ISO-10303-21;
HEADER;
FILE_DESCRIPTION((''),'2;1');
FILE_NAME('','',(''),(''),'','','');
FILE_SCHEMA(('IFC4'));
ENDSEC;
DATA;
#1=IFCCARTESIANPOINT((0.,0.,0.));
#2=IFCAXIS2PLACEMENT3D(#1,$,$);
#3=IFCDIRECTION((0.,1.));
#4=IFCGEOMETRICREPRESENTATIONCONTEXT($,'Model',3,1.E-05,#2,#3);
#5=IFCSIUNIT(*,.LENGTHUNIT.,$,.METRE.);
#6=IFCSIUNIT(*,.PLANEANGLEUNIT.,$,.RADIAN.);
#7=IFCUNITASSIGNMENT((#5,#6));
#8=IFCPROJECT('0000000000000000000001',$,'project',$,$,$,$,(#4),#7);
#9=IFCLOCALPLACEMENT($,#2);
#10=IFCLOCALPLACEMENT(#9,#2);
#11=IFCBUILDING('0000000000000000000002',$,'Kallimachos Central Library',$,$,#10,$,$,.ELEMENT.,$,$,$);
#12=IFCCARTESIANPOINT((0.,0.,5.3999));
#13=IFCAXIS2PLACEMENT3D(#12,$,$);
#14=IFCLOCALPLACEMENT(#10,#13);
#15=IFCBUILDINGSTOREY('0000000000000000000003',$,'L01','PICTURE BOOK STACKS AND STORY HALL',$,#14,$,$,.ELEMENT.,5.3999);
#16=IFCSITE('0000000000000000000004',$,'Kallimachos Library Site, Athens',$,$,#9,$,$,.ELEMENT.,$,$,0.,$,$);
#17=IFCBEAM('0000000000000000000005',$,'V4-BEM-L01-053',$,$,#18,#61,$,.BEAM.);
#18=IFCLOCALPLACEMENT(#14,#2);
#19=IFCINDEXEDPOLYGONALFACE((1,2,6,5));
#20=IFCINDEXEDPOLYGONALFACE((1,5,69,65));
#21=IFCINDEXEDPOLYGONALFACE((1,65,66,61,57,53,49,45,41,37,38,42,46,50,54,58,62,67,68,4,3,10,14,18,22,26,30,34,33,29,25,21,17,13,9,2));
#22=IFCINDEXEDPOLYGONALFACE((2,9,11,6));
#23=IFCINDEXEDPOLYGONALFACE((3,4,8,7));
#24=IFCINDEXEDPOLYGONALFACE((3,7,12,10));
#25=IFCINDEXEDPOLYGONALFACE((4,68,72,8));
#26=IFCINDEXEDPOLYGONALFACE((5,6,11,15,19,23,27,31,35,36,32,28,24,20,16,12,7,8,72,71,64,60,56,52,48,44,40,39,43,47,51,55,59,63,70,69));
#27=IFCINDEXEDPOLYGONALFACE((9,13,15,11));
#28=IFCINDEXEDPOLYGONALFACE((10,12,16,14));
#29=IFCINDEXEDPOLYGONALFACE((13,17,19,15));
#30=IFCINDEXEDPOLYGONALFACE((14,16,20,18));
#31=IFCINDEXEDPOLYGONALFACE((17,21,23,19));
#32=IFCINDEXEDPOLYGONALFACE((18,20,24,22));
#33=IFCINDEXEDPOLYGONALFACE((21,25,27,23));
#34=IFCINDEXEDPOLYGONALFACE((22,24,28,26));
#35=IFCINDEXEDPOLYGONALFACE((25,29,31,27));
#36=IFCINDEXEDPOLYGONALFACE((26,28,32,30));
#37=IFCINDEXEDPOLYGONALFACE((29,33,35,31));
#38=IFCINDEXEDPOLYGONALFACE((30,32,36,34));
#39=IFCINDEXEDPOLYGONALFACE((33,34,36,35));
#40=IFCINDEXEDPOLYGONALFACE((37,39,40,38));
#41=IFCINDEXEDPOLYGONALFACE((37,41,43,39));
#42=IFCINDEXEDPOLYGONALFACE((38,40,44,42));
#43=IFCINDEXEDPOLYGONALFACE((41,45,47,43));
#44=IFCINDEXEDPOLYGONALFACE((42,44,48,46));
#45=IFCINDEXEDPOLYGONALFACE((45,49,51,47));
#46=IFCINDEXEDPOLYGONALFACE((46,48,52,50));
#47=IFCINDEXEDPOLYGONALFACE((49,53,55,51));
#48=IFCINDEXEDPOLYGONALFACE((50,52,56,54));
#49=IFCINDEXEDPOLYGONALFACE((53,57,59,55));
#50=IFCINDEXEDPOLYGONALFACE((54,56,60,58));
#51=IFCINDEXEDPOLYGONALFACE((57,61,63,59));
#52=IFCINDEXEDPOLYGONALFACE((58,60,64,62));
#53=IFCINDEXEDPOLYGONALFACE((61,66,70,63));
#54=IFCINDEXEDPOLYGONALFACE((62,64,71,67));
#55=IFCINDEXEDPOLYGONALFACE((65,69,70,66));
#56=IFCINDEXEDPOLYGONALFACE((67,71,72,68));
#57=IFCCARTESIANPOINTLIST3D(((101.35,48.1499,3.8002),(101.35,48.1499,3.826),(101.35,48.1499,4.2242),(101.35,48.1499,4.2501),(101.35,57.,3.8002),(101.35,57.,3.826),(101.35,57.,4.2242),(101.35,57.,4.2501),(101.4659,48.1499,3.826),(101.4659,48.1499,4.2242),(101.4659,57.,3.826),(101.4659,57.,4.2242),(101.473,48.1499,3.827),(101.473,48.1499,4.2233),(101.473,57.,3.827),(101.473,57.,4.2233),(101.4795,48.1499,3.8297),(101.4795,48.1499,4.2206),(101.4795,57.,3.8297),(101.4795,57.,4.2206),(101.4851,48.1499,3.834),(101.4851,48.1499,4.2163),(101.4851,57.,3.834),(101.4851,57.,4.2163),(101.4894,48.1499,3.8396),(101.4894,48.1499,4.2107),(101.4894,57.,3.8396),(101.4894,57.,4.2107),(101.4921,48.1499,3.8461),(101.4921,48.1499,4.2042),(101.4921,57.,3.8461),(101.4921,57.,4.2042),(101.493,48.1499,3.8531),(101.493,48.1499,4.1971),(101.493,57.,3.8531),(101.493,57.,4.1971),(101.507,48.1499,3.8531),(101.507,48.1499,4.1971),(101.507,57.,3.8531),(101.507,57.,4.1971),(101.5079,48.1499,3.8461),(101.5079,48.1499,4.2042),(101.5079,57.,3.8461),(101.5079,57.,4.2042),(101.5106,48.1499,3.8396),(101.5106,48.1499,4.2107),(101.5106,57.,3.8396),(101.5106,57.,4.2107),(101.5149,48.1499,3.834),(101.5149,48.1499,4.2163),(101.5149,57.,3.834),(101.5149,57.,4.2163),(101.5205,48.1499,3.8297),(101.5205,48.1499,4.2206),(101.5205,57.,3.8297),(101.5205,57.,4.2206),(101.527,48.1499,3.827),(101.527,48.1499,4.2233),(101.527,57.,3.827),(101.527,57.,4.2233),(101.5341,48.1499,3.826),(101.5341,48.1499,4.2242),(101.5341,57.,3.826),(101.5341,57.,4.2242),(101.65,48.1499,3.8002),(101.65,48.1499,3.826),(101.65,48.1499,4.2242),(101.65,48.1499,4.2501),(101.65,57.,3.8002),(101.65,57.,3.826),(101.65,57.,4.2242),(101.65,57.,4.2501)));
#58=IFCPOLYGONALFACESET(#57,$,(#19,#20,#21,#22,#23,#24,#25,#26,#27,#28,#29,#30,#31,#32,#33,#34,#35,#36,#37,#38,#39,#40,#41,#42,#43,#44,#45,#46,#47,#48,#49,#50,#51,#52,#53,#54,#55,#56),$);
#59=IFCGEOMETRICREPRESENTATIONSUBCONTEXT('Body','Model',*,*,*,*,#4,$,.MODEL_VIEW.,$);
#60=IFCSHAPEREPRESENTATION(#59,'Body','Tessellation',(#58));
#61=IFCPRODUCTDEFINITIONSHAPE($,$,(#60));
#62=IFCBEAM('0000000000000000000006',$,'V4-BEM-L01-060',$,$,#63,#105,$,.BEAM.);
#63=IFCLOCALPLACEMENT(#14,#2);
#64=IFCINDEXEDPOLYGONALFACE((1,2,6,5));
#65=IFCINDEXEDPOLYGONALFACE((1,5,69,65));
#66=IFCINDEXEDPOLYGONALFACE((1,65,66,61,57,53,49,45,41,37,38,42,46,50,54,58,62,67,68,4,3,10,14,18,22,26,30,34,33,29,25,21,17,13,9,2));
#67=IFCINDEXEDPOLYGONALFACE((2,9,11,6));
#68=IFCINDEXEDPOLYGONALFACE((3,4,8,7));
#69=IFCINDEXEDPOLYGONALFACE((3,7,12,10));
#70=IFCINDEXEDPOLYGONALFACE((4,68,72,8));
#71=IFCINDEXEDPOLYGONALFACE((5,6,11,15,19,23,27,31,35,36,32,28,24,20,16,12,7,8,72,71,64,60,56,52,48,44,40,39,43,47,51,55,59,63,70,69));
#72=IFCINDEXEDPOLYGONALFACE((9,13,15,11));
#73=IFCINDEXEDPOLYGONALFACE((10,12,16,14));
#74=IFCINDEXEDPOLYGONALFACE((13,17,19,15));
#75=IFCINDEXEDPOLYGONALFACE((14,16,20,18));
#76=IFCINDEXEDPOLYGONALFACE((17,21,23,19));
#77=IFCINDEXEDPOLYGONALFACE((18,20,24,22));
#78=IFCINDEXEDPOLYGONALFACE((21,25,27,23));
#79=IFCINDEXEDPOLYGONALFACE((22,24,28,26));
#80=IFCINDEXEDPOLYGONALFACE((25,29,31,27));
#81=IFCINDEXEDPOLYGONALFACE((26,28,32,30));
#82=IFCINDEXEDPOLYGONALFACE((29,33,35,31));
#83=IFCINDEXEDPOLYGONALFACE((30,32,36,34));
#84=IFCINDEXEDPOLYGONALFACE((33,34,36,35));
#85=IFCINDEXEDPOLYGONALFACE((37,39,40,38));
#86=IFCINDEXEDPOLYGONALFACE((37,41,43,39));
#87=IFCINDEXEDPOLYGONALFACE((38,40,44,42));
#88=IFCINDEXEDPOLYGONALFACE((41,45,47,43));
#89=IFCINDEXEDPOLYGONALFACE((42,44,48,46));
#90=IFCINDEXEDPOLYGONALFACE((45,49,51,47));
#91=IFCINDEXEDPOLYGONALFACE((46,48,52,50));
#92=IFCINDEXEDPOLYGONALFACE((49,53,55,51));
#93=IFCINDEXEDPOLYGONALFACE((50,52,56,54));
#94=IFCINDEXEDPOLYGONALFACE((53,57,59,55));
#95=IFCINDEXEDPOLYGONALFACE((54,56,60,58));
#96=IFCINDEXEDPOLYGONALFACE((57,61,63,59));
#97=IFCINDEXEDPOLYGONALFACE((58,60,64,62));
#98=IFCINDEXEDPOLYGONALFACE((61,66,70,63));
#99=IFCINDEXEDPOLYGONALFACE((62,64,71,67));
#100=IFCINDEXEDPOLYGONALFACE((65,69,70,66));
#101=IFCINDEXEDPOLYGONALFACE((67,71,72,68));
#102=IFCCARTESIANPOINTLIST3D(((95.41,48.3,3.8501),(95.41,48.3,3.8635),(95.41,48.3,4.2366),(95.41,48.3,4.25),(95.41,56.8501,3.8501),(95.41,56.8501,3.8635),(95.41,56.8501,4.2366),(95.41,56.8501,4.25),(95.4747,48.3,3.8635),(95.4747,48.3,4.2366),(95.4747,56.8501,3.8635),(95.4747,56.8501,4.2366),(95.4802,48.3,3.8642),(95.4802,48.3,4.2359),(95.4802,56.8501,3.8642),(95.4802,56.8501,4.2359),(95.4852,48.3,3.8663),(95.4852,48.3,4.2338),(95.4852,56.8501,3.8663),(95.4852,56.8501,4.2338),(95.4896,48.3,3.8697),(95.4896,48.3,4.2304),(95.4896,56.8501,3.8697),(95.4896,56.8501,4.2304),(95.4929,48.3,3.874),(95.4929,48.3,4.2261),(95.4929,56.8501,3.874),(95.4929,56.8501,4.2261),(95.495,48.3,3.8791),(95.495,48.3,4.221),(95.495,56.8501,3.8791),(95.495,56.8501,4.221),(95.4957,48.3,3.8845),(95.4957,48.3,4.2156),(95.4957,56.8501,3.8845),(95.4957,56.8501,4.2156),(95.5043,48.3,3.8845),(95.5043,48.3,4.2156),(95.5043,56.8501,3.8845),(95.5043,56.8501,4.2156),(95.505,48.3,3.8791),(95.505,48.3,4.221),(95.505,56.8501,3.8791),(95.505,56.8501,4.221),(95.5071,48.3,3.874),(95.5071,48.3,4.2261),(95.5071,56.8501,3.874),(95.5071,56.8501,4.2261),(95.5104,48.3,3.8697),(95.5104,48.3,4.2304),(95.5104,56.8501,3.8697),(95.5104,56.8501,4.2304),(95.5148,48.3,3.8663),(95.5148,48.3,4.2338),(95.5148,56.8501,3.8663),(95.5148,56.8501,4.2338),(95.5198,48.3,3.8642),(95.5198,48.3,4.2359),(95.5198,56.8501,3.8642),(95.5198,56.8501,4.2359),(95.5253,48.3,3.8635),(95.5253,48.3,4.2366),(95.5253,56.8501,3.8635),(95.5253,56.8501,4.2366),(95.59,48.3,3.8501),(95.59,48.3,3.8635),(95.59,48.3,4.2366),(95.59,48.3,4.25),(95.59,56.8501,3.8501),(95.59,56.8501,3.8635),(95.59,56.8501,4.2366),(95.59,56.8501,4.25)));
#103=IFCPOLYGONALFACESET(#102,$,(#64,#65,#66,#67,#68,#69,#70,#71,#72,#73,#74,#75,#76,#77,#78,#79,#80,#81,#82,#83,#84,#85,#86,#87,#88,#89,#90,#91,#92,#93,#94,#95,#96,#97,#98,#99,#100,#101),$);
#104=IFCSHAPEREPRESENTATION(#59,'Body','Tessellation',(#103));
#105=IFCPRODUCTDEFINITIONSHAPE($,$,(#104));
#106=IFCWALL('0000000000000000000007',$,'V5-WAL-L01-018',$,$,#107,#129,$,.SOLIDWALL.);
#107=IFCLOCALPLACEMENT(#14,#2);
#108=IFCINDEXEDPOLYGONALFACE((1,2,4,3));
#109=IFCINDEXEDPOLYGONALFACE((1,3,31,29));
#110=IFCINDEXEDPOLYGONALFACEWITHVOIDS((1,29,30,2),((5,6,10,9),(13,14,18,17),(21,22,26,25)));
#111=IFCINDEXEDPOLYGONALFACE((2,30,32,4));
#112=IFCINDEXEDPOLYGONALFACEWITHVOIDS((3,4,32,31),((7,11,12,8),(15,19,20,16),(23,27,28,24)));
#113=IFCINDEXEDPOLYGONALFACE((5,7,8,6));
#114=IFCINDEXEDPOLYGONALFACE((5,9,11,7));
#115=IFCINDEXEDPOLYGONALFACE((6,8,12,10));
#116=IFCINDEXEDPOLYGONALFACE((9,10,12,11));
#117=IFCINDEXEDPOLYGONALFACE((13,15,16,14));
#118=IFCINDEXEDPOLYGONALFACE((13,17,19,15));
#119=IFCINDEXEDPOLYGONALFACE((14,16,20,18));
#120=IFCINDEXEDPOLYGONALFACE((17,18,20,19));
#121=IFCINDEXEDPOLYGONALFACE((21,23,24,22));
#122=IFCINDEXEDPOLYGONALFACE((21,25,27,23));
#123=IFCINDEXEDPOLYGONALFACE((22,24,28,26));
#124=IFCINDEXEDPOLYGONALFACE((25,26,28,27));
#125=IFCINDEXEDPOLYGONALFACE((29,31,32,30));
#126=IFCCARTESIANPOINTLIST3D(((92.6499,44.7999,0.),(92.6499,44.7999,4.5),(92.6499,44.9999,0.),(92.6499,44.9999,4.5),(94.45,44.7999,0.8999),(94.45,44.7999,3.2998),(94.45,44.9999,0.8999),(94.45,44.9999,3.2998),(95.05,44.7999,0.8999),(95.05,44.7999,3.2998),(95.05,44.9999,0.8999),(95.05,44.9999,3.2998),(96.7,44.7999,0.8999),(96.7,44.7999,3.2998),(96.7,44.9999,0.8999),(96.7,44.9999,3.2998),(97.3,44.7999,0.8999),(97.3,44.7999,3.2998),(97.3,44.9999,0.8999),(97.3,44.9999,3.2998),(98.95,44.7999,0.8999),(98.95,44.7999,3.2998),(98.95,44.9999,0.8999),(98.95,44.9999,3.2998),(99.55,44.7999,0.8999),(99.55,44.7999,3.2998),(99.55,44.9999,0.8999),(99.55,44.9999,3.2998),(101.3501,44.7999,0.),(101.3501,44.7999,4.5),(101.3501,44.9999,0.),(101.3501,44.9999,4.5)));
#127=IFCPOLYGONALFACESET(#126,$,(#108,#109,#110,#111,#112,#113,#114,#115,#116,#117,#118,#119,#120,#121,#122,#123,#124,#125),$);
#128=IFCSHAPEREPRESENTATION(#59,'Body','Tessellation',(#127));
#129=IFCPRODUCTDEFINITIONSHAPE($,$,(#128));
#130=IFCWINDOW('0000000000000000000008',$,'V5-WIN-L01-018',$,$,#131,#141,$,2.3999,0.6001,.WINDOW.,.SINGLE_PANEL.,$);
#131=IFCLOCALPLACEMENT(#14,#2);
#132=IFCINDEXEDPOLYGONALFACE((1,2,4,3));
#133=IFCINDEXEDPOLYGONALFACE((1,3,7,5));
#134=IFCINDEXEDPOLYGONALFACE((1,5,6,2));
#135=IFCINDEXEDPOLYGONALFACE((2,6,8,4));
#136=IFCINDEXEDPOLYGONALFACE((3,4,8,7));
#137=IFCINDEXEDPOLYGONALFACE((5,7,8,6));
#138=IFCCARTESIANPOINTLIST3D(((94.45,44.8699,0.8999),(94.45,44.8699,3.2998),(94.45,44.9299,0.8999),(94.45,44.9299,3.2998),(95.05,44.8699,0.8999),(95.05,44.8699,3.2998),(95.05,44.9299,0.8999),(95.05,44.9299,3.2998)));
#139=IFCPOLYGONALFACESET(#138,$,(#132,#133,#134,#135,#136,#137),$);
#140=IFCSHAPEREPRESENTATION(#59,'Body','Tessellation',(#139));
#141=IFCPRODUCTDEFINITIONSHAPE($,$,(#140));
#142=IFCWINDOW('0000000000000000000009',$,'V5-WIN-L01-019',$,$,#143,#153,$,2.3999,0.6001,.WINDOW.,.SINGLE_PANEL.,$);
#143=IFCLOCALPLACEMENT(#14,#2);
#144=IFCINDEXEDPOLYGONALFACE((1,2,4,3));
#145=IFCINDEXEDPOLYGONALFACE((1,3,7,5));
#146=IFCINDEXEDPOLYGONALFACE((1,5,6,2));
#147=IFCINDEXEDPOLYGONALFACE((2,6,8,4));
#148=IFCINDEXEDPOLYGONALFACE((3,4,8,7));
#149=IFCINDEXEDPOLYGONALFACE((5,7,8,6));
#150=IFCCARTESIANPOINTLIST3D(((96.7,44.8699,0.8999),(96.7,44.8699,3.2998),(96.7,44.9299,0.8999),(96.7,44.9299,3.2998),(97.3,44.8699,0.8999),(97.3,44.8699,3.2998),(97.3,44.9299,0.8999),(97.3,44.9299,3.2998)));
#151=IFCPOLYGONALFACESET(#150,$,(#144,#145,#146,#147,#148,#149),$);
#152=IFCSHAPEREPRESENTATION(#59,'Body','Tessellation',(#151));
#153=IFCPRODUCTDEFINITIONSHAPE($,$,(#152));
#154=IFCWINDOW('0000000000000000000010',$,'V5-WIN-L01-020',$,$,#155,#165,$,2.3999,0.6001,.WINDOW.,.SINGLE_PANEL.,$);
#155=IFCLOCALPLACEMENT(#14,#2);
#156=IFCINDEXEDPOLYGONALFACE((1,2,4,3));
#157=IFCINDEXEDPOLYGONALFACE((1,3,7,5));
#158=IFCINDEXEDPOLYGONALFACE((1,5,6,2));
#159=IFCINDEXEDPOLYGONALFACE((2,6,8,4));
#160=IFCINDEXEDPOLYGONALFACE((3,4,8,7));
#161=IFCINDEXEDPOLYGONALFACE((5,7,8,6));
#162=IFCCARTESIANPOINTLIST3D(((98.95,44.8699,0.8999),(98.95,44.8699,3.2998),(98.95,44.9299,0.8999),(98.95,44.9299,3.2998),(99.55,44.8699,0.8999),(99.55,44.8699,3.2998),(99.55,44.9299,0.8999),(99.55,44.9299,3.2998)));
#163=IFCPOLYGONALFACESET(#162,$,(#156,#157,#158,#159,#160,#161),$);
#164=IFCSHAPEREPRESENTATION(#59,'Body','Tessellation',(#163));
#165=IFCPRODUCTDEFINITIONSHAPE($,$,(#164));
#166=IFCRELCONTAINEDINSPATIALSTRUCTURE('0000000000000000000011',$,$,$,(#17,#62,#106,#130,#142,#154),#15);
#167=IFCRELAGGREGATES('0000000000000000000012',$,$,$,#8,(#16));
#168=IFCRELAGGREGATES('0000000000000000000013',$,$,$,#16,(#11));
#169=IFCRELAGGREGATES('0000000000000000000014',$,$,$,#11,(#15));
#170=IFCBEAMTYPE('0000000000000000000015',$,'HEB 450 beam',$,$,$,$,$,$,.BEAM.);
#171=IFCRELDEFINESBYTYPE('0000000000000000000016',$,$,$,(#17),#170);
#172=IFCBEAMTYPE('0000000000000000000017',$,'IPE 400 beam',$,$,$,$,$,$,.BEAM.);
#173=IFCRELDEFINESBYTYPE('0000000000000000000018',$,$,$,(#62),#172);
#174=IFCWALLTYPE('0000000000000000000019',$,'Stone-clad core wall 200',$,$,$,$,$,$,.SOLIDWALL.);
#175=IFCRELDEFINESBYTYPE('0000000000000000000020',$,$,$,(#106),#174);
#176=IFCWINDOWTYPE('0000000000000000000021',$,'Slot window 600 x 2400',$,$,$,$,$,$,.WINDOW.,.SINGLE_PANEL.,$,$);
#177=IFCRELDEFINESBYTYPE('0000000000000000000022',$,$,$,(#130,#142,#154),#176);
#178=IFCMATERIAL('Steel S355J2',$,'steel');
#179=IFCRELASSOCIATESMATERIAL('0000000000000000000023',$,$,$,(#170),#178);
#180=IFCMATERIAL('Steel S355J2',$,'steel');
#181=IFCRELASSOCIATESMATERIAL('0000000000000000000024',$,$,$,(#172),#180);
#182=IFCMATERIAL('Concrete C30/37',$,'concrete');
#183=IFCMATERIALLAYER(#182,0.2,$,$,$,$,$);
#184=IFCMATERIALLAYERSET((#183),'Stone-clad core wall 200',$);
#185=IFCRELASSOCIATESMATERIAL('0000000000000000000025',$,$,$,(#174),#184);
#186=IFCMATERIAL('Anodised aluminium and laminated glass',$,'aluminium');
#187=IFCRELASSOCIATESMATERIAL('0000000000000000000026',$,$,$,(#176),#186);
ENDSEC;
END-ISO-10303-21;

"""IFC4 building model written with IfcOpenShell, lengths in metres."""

from ifc_helpers import new_model, si_unit, direction, frame, frame_2d, origin, origin_2d, place, context, subcontext, project, spatial, rectangle, i_section, extrude, material, layer, layer_set, material_profile, profile_set, type_object, element, fill, save


model = new_model("IFC4")

# Units and contexts
model_context = context("Model", 3, precision=1e-05, world=origin(), true_north=direction((0.0, 1.0)))
body_context = subcontext(model_context, "Body", "Model", "MODEL_VIEW")
ifc_project = project(units=[si_unit("LENGTHUNIT", "METRE"), si_unit("PLANEANGLEUNIT", "RADIAN")], contexts=[model_context])

# Site, building, storey
site_placement = place(None, origin())
site = spatial("IfcSite", under=ifc_project, at=site_placement, Name="Kallimachos Library Site, Athens", CompositionType="ELEMENT", RefElevation=0.0)
building_placement = place(site_placement, origin())
building = spatial("IfcBuilding", under=site, at=building_placement, Name="Kallimachos Central Library", CompositionType="ELEMENT")
storey_placement = place(building_placement, frame((0.0, 0.0, 5.3999)))
storey = spatial("IfcBuildingStorey", under=building, at=storey_placement, Name="L01", Description="PICTURE BOOK STACKS AND STORY HALL", CompositionType="ELEMENT", Elevation=5.3999)

# Beams
ifc_material_1 = material(Name="Steel S355J2", Category="steel")
ifc_material_profile_1 = material_profile(ifc_material_1, i_section(OverallWidth=0.3, OverallDepth=0.45, WebThickness=0.0139, FlangeThickness=0.0259, FilletRadius=0.0271, at=origin_2d()), Name="HEB 450")
ifc_profile_set_1 = profile_set([ifc_material_profile_1], Name="Steel S355J2")
beam_type_1 = type_object("IfcBeamType", Name="HEB 450 beam", PredefinedType="BEAM", material=ifc_profile_set_1)
for number, where, z_axis, x_axis, name in (
    (1, (101.5, 48.1499, 4.0251), (0.0, 1.0, 0.0), (-1.0, 0.0, 0.0), "V4-BEM-L01-053"),
):
    element("IfcBeam", number, at=place(storey_placement, frame(where, z_axis=z_axis, x_axis=x_axis)), inside=storey, type_object=beam_type_1, Name=name, PredefinedType="BEAM", context=body_context, shape_type="SweptSolid", body=[
        extrude(i_section(OverallWidth=0.3, OverallDepth=0.45, WebThickness=0.0139, FlangeThickness=0.0259, FilletRadius=0.0271, at=origin_2d()), origin(), (0.0, 0.0, 1.0), 8.8501),
    ])
ifc_material_2 = material(Name="Steel S355J2", Category="steel")
ifc_material_profile_2 = material_profile(ifc_material_2, i_section(OverallWidth=0.1799, OverallDepth=0.3999, WebThickness=0.0085, FlangeThickness=0.0134, FilletRadius=0.021, at=origin_2d()), Name="IPE 400")
ifc_profile_set_2 = profile_set([ifc_material_profile_2], Name="Steel S355J2")
beam_type_2 = type_object("IfcBeamType", Name="IPE 400 beam", PredefinedType="BEAM", material=ifc_profile_set_2)
beam_placement = place(storey_placement, frame((95.5, 48.3, 4.05), z_axis=(0.0, 1.0, 0.0), x_axis=(-1.0, 0.0, 0.0)))
element("IfcBeam", 2, at=beam_placement, inside=storey, type_object=beam_type_2, Name="V4-BEM-L01-060", PredefinedType="BEAM", context=body_context, shape_type="SweptSolid", body=[
    extrude(i_section(OverallWidth=0.1799, OverallDepth=0.3999, WebThickness=0.0085, FlangeThickness=0.0134, FilletRadius=0.021, at=origin_2d()), origin(), (0.0, 0.0, 1.0), 8.55),
])

# Wall, openings, windows
ifc_material_3 = material(Name="Concrete C30/37", Category="concrete")
ifc_layer_1 = layer(ifc_material_3, 0.2)
ifc_layer_set_1 = layer_set([ifc_layer_1], Name="Stone-clad core wall 200")
wall_type_1 = type_object("IfcWallType", Name="Stone-clad core wall 200", PredefinedType="SOLIDWALL", material=ifc_layer_set_1)
wall_1_placement = place(storey_placement, frame((92.6499, 44.8999, 0.0), z_axis=(0.0, 0.0, 1.0), x_axis=(1.0, 0.0, 0.0)))
wall_1 = element("IfcWall", 3, at=wall_1_placement, inside=storey, type_object=wall_type_1, Name="V5-WAL-L01-018", PredefinedType="SOLIDWALL", context=body_context, shape_type="SweptSolid", body=[
    extrude(rectangle(XDim=8.7002, YDim=0.2, at=frame_2d((4.3501, 0.0))), origin(), (0.0, 0.0, 1.0), 4.5),
])
opening_1_placement = place(wall_1_placement, frame((1.8, 0.0, 0.8999)))
opening_1 = element("IfcOpeningElement", 4, at=opening_1_placement, cuts=wall_1, PredefinedType="OPENING", context=body_context, shape_type="SweptSolid", body=[
    extrude(rectangle(XDim=0.6001, YDim=2.3999, at=frame_2d((0.3, 1.2))), frame((0.0, 0.1099, 0.0), z_axis=(0.0, -1.0, 0.0), x_axis=(1.0, 0.0, 0.0)), (0.0, 0.0, 1.0), 0.22),
])
opening_2_placement = place(wall_1_placement, frame((4.05, 0.0, 0.8999)))
opening_2 = element("IfcOpeningElement", 5, at=opening_2_placement, cuts=wall_1, PredefinedType="OPENING", context=body_context, shape_type="SweptSolid", body=[
    extrude(rectangle(XDim=0.6001, YDim=2.3999, at=frame_2d((0.3, 1.2))), frame((0.0, 0.1099, 0.0), z_axis=(0.0, -1.0, 0.0), x_axis=(1.0, 0.0, 0.0)), (0.0, 0.0, 1.0), 0.22),
])
opening_3_placement = place(wall_1_placement, frame((6.3, 0.0, 0.8999)))
opening_3 = element("IfcOpeningElement", 6, at=opening_3_placement, cuts=wall_1, PredefinedType="OPENING", context=body_context, shape_type="SweptSolid", body=[
    extrude(rectangle(XDim=0.6001, YDim=2.3999, at=frame_2d((0.3, 1.2))), frame((0.0, 0.1099, 0.0), z_axis=(0.0, -1.0, 0.0), x_axis=(1.0, 0.0, 0.0)), (0.0, 0.0, 1.0), 0.22),
])
ifc_material_4 = material(Name="Anodised aluminium and laminated glass", Category="aluminium")
window_type_1 = type_object("IfcWindowType", Name="Slot window 600 x 2400", PartitioningType="SINGLE_PANEL", PredefinedType="WINDOW", material=ifc_material_4)
window_1_placement = place(opening_1_placement, origin())
window_1 = element("IfcWindow", 7, at=window_1_placement, inside=storey, type_object=window_type_1, Name="V5-WIN-L01-018", OverallHeight=2.3999, OverallWidth=0.6001, PartitioningType="SINGLE_PANEL", PredefinedType="WINDOW", context=body_context, shape_type="SweptSolid", body=[
    extrude(rectangle(XDim=0.6001, YDim=2.3999, at=frame_2d((0.3, 1.2))), frame((0.0, 0.03, 0.0), z_axis=(0.0, -1.0, 0.0), x_axis=(1.0, 0.0, 0.0)), (0.0, 0.0, 1.0), 0.0601),
])
fill(opening_1, window_1)
window_2_placement = place(opening_2_placement, origin())
window_2 = element("IfcWindow", 8, at=window_2_placement, inside=storey, type_object=window_type_1, Name="V5-WIN-L01-019", OverallHeight=2.3999, OverallWidth=0.6001, PartitioningType="SINGLE_PANEL", PredefinedType="WINDOW", context=body_context, shape_type="SweptSolid", body=[
    extrude(rectangle(XDim=0.6001, YDim=2.3999, at=frame_2d((0.3, 1.2))), frame((0.0, 0.03, 0.0), z_axis=(0.0, -1.0, 0.0), x_axis=(1.0, 0.0, 0.0)), (0.0, 0.0, 1.0), 0.0601),
])
fill(opening_2, window_2)
window_3_placement = place(opening_3_placement, origin())
window_3 = element("IfcWindow", 9, at=window_3_placement, inside=storey, type_object=window_type_1, Name="V5-WIN-L01-020", OverallHeight=2.3999, OverallWidth=0.6001, PartitioningType="SINGLE_PANEL", PredefinedType="WINDOW", context=body_context, shape_type="SweptSolid", body=[
    extrude(rectangle(XDim=0.6001, YDim=2.3999, at=frame_2d((0.3, 1.2))), frame((0.0, 0.03, 0.0), z_axis=(0.0, -1.0, 0.0), x_axis=(1.0, 0.0, 0.0)), (0.0, 0.0, 1.0), 0.0601),
])
fill(opening_3, window_3)

save(model, "model.ifc")
